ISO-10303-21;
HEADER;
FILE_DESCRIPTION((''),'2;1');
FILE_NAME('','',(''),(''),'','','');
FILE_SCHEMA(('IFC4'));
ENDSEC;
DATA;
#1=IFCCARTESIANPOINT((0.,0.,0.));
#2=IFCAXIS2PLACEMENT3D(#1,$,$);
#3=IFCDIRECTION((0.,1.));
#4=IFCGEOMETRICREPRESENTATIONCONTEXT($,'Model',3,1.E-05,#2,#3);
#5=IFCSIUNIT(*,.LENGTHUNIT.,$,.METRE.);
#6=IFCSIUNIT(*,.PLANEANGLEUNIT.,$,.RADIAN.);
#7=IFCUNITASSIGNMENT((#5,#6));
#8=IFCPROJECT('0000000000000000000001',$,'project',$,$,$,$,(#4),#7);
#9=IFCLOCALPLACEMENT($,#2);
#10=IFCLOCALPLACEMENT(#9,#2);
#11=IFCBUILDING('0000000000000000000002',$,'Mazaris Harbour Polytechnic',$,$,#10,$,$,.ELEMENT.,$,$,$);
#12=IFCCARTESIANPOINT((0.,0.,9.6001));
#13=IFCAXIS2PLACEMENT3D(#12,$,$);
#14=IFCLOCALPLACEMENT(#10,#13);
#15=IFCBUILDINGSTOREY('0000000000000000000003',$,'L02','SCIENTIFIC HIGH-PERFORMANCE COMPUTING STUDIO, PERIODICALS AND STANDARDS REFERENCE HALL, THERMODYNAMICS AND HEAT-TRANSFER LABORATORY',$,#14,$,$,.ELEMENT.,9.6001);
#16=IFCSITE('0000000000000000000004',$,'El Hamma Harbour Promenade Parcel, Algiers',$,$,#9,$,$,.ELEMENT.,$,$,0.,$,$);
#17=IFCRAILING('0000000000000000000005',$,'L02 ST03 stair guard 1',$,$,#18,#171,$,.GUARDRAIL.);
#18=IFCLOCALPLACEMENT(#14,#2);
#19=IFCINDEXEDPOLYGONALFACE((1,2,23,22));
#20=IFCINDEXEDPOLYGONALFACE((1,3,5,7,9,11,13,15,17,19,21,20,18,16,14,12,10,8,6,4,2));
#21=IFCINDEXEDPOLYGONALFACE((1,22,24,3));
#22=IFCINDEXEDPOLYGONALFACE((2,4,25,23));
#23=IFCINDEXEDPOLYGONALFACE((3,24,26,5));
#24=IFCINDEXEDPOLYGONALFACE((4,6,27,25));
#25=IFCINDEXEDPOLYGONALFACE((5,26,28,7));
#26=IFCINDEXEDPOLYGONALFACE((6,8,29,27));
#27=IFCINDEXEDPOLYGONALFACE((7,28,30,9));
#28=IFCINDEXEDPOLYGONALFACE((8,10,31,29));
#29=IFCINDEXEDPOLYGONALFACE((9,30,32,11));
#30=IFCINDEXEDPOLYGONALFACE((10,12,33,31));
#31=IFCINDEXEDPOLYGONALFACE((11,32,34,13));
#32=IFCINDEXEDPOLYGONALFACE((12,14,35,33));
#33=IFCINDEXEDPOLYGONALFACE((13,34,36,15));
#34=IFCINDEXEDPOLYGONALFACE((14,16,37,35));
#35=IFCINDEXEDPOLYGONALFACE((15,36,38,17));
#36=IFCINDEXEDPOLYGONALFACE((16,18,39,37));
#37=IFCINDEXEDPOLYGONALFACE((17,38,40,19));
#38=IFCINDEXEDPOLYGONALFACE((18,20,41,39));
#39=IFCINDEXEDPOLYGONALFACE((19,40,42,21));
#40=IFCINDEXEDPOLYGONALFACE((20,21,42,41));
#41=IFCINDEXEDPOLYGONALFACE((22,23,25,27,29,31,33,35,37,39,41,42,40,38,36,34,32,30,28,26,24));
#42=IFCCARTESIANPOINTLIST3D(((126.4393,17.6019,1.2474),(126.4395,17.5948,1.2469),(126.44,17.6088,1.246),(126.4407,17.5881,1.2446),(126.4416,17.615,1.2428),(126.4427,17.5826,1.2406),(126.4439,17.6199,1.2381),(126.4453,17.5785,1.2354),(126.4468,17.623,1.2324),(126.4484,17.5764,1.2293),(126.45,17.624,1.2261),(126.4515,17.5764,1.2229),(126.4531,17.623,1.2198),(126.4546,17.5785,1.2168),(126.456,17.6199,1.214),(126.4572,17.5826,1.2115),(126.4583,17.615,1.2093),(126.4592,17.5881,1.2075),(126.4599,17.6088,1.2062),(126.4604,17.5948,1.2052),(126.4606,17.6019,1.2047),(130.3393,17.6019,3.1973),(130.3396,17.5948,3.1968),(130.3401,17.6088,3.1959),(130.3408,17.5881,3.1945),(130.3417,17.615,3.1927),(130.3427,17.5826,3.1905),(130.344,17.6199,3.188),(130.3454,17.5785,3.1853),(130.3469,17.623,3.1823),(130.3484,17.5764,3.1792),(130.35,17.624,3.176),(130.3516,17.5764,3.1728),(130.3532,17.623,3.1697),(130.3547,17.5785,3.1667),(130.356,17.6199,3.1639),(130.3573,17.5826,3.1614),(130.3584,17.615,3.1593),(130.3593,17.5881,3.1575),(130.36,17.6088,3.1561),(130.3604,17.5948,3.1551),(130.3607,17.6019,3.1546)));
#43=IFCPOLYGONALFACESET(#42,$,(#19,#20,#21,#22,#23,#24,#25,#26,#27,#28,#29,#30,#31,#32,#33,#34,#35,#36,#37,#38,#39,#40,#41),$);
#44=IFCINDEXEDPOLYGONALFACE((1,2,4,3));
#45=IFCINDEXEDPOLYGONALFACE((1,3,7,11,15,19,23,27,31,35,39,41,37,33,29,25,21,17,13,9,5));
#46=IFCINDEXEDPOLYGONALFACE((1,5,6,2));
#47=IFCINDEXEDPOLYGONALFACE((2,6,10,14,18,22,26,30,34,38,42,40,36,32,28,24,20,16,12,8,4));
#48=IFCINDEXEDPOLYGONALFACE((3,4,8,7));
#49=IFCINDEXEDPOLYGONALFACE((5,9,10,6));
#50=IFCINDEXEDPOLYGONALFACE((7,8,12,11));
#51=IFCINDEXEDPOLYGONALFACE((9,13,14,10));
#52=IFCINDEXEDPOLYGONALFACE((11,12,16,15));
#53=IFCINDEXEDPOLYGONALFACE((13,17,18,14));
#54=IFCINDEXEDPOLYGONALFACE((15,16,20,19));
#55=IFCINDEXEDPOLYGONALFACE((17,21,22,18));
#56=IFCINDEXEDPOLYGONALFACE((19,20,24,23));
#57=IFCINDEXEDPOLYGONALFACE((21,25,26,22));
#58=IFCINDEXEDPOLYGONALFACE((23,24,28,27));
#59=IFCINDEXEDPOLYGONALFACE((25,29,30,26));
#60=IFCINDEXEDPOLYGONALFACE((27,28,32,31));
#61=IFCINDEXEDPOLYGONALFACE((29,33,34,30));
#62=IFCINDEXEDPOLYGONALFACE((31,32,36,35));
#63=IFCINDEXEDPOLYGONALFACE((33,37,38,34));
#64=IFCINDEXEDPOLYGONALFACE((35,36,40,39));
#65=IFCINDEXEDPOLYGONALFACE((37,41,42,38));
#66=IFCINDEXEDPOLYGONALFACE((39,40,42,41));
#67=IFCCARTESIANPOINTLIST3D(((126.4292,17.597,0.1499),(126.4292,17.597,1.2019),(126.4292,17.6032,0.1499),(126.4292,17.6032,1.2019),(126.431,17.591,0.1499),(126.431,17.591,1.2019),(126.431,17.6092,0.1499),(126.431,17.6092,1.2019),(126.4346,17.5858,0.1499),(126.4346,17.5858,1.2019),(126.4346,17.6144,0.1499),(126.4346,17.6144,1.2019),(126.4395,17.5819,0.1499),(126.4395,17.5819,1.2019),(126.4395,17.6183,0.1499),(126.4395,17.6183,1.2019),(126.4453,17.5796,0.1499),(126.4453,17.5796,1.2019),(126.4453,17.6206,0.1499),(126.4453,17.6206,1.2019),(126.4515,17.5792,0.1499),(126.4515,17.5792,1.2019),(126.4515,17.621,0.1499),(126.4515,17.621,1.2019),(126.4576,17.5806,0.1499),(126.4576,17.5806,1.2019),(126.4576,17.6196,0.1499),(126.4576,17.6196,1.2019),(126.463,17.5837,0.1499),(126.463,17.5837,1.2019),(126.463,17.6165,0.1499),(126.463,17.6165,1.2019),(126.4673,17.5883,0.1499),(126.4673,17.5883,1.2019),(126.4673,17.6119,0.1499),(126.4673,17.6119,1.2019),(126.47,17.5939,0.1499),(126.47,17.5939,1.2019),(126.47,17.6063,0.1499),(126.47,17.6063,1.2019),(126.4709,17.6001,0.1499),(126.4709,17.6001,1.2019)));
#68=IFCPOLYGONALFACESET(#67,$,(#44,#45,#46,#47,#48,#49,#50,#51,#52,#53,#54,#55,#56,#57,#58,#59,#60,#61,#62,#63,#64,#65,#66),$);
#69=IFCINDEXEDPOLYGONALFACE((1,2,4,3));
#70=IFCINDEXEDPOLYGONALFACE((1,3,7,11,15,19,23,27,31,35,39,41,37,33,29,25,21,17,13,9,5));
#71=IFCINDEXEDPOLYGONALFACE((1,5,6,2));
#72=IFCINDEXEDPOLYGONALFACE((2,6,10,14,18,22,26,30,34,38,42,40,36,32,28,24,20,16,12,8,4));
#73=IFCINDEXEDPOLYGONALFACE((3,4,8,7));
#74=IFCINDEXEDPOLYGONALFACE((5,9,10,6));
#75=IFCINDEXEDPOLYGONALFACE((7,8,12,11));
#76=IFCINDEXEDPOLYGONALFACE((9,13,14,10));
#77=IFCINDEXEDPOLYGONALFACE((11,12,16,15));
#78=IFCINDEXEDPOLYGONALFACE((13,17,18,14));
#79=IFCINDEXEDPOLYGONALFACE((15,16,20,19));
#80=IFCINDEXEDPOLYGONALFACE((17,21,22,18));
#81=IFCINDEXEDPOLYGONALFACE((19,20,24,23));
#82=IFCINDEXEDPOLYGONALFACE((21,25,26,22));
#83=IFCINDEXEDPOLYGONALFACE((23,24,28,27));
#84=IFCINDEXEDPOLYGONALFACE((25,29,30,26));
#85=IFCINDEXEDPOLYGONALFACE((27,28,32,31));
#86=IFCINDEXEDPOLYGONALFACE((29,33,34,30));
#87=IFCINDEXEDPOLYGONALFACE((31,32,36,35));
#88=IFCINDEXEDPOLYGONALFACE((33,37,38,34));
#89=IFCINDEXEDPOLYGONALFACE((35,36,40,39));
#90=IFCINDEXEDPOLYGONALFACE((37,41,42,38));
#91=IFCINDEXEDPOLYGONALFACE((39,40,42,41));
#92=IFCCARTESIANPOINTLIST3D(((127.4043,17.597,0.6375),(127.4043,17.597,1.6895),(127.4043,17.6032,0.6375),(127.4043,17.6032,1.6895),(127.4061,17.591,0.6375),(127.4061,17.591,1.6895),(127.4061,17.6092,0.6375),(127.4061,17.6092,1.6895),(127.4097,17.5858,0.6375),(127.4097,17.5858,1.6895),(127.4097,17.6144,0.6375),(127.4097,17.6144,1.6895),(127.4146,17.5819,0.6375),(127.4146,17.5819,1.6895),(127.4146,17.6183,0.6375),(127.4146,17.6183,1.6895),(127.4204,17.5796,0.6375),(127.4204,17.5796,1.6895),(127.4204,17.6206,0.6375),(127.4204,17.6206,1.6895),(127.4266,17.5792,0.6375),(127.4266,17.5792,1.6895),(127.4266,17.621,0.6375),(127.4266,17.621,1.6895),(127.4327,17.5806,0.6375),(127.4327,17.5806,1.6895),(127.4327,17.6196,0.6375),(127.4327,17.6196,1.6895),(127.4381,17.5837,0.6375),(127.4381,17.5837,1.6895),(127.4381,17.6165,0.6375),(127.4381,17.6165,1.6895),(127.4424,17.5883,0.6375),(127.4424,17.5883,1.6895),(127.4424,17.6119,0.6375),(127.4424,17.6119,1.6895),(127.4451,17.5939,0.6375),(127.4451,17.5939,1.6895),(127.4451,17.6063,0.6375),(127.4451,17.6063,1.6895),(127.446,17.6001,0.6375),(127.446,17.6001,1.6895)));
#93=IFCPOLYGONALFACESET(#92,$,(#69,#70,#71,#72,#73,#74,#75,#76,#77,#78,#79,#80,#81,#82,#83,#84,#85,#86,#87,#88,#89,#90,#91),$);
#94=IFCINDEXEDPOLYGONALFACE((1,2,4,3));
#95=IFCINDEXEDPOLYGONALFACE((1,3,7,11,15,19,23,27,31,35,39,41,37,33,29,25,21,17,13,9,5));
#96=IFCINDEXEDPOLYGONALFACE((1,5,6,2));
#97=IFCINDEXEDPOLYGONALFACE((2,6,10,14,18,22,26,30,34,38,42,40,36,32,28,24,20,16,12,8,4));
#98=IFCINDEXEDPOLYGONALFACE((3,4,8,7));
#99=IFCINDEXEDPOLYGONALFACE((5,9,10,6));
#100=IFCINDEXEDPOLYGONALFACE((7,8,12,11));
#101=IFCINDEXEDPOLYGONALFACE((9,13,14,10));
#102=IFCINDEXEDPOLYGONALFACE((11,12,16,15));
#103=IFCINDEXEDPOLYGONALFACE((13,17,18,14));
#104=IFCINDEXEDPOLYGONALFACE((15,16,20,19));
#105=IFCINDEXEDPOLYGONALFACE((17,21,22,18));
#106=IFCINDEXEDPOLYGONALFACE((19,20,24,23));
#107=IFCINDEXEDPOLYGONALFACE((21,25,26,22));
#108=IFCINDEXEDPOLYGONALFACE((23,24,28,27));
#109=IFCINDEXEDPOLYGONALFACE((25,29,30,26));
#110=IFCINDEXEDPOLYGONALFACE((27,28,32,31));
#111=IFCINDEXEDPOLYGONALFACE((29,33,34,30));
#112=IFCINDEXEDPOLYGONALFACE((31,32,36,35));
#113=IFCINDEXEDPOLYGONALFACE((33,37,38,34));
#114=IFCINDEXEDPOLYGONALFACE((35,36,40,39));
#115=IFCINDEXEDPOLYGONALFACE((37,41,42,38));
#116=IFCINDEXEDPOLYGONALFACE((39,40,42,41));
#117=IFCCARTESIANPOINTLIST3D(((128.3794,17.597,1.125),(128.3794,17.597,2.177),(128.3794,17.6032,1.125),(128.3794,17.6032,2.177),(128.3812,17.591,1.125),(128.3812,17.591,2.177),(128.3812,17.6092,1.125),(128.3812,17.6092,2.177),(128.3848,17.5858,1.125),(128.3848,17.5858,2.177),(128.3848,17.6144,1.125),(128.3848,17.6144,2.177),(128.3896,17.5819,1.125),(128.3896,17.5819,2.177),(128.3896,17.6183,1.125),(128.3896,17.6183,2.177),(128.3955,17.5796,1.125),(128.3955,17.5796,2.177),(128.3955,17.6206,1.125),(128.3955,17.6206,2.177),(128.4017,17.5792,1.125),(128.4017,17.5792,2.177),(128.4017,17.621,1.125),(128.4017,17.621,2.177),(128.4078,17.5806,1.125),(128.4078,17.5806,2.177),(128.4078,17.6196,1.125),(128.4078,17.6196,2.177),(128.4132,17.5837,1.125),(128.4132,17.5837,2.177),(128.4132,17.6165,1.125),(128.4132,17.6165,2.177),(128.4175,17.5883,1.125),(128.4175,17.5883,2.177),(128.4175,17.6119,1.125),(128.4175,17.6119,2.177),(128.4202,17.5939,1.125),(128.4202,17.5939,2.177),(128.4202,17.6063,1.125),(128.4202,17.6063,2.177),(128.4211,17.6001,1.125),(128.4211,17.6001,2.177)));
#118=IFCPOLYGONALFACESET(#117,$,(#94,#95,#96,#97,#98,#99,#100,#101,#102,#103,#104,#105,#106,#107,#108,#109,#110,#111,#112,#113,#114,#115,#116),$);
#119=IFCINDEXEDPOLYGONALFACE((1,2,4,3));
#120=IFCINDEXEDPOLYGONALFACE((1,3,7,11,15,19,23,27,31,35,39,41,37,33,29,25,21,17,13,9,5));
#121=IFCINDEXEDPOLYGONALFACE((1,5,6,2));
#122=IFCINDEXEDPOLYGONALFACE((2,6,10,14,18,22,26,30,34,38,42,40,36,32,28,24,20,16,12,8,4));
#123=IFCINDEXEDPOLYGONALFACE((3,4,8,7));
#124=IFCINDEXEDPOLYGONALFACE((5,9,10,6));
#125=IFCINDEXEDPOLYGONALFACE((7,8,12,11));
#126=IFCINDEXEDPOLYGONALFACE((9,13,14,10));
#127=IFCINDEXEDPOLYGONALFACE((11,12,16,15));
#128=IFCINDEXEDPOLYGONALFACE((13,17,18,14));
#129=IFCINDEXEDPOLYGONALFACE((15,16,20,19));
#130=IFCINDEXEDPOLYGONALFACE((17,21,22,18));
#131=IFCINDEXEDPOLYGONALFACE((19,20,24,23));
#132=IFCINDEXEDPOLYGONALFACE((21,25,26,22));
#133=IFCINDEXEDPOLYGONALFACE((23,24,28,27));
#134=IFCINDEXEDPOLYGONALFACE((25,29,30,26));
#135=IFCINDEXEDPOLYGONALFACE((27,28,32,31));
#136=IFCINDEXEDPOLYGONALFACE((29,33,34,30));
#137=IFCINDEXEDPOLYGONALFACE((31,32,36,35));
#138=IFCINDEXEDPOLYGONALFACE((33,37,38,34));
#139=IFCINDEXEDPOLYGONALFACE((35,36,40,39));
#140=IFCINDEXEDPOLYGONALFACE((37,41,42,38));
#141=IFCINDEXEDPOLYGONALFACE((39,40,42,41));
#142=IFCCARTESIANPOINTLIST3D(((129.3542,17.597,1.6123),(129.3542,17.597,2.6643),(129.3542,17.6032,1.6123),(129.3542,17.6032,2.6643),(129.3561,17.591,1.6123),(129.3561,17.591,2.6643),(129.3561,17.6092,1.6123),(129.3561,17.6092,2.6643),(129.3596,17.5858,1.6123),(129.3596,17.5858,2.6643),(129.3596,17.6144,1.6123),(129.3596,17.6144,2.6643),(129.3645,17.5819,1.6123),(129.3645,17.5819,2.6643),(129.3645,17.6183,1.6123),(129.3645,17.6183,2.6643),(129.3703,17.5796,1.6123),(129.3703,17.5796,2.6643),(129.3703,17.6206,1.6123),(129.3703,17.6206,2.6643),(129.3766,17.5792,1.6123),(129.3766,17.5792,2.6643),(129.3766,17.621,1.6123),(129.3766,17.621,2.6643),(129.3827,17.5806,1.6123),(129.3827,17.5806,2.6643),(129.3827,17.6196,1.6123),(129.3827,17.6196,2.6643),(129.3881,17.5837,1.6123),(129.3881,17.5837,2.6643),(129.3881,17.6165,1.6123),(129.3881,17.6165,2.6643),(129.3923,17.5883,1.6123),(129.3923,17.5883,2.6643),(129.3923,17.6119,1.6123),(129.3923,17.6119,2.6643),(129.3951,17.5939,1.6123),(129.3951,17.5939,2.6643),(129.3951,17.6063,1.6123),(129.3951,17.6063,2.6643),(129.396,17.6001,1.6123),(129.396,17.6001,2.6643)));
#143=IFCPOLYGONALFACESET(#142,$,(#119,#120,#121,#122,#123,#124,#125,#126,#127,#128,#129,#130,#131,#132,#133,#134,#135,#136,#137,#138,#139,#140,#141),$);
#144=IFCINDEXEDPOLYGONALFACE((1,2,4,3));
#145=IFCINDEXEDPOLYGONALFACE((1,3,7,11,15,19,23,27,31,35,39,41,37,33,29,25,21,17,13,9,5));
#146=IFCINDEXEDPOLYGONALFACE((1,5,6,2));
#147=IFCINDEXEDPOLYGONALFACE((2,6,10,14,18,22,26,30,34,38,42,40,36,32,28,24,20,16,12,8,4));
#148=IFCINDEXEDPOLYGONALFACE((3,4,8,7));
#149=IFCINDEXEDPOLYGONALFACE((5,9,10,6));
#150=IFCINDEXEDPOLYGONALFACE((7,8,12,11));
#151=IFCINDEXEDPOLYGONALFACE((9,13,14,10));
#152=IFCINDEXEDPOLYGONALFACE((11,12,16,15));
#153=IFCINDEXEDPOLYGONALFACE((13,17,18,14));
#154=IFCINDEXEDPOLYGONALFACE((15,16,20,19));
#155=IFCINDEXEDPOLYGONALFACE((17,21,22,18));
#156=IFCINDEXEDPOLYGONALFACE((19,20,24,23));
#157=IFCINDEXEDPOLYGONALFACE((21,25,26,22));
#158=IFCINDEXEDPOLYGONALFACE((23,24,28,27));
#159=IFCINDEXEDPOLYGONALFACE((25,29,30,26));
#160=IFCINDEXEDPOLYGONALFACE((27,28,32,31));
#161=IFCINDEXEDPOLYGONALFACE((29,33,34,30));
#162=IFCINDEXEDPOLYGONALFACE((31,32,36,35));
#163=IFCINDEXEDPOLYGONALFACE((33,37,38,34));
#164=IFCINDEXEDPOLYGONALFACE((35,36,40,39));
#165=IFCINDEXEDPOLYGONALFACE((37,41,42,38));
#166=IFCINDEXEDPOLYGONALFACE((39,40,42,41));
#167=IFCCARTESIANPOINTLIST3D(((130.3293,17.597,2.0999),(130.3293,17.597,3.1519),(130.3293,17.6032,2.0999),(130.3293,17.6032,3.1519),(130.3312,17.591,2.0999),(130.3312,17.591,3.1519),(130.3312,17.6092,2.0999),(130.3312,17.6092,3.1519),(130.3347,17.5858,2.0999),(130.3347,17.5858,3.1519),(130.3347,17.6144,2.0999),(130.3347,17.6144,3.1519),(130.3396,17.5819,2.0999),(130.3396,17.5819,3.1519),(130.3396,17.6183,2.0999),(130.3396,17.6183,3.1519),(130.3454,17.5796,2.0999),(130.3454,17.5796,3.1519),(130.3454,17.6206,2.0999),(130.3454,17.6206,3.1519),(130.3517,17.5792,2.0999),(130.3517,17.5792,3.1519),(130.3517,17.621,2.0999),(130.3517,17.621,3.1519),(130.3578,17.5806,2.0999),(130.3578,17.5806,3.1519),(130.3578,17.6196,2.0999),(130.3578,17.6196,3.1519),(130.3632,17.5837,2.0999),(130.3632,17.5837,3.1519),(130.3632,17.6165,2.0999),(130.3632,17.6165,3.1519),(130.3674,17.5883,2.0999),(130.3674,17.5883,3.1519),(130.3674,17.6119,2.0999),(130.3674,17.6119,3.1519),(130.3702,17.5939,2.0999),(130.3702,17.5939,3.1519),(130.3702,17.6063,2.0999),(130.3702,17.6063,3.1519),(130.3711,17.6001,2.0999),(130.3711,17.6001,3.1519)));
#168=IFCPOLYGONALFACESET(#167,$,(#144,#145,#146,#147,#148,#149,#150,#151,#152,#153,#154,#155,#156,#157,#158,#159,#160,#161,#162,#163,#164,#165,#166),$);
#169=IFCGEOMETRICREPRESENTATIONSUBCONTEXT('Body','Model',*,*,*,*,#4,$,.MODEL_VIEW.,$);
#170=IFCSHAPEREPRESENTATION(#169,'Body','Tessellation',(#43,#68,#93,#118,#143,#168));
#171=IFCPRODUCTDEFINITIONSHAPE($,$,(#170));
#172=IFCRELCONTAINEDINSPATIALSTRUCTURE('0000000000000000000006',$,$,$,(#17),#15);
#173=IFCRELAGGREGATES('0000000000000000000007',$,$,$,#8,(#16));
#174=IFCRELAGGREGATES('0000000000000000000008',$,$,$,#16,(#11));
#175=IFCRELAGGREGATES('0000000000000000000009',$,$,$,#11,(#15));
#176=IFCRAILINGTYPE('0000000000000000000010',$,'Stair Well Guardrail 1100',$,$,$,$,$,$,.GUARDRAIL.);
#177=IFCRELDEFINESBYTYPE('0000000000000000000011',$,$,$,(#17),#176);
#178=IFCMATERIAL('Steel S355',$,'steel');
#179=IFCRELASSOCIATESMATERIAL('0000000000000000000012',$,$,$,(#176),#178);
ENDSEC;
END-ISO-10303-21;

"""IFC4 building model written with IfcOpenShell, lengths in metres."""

from ifc_helpers import new_model, si_unit, direction, frame, origin, origin_2d, place, context, subcontext, project, spatial, circle, extrude, material, type_object, element, save


model = new_model("IFC4")

# Units and contexts
model_context = context("Model", 3, precision=1e-05, world=origin(), true_north=direction((0.0, 1.0)))
body_context = subcontext(model_context, "Body", "Model", "MODEL_VIEW")
ifc_project = project(units=[si_unit("LENGTHUNIT", "METRE"), si_unit("PLANEANGLEUNIT", "RADIAN")], contexts=[model_context])

# Site, building, storey
site_placement = place(None, origin())
site = spatial("IfcSite", under=ifc_project, at=site_placement, Name="El Hamma Harbour Promenade Parcel, Algiers", CompositionType="ELEMENT", RefElevation=0.0)
building_placement = place(site_placement, origin())
building = spatial("IfcBuilding", under=site, at=building_placement, Name="Mazaris Harbour Polytechnic", CompositionType="ELEMENT")
storey_placement = place(building_placement, frame((0.0, 0.0, 9.6001)))
storey = spatial("IfcBuildingStorey", under=building, at=storey_placement, Name="L02", Description="SCIENTIFIC HIGH-PERFORMANCE COMPUTING STUDIO, PERIODICALS AND STANDARDS REFERENCE HALL, THERMODYNAMICS AND HEAT-TRANSFER LABORATORY", CompositionType="ELEMENT", Elevation=9.6001)

# Railing
ifc_material_1 = material(Name="Steel S355", Category="steel")
railing_type = type_object("IfcRailingType", Name="Stair Well Guardrail 1100", PredefinedType="GUARDRAIL", material=ifc_material_1)
railing_1_placement = place(storey_placement, frame((126.45, 17.6001, 0.1499)))
element("IfcRailing", 1, at=railing_1_placement, inside=storey, type_object=railing_type, Name="L02 ST03 stair guard 1", PredefinedType="GUARDRAIL", context=body_context, shape_type="SweptSolid", body=[
    extrude(circle(Radius=0.0239, at=origin_2d()), frame((0.0, 0.0, 1.0762), z_axis=(0.894438, 0.0, 0.447191), x_axis=(0.0, 1.0, 0.0)), (0.0, 0.0, 1.0), 4.3604),
    extrude(circle(Radius=0.021, at=origin_2d()), origin(), (0.0, 0.0, 1.0), 1.052),
    extrude(circle(Radius=0.021, at=origin_2d()), frame((0.9751, 0.0, 0.4875)), (0.0, 0.0, 1.0), 1.052),
    extrude(circle(Radius=0.021, at=origin_2d()), frame((1.9502, 0.0, 0.9751)), (0.0, 0.0, 1.0), 1.052),
    extrude(circle(Radius=0.021, at=origin_2d()), frame((2.925, 0.0, 1.4624)), (0.0, 0.0, 1.0), 1.052),
    extrude(circle(Radius=0.021, at=origin_2d()), frame((3.9001, 0.0, 1.95)), (0.0, 0.0, 1.0), 1.052),
])

save(model, "model.ifc")
